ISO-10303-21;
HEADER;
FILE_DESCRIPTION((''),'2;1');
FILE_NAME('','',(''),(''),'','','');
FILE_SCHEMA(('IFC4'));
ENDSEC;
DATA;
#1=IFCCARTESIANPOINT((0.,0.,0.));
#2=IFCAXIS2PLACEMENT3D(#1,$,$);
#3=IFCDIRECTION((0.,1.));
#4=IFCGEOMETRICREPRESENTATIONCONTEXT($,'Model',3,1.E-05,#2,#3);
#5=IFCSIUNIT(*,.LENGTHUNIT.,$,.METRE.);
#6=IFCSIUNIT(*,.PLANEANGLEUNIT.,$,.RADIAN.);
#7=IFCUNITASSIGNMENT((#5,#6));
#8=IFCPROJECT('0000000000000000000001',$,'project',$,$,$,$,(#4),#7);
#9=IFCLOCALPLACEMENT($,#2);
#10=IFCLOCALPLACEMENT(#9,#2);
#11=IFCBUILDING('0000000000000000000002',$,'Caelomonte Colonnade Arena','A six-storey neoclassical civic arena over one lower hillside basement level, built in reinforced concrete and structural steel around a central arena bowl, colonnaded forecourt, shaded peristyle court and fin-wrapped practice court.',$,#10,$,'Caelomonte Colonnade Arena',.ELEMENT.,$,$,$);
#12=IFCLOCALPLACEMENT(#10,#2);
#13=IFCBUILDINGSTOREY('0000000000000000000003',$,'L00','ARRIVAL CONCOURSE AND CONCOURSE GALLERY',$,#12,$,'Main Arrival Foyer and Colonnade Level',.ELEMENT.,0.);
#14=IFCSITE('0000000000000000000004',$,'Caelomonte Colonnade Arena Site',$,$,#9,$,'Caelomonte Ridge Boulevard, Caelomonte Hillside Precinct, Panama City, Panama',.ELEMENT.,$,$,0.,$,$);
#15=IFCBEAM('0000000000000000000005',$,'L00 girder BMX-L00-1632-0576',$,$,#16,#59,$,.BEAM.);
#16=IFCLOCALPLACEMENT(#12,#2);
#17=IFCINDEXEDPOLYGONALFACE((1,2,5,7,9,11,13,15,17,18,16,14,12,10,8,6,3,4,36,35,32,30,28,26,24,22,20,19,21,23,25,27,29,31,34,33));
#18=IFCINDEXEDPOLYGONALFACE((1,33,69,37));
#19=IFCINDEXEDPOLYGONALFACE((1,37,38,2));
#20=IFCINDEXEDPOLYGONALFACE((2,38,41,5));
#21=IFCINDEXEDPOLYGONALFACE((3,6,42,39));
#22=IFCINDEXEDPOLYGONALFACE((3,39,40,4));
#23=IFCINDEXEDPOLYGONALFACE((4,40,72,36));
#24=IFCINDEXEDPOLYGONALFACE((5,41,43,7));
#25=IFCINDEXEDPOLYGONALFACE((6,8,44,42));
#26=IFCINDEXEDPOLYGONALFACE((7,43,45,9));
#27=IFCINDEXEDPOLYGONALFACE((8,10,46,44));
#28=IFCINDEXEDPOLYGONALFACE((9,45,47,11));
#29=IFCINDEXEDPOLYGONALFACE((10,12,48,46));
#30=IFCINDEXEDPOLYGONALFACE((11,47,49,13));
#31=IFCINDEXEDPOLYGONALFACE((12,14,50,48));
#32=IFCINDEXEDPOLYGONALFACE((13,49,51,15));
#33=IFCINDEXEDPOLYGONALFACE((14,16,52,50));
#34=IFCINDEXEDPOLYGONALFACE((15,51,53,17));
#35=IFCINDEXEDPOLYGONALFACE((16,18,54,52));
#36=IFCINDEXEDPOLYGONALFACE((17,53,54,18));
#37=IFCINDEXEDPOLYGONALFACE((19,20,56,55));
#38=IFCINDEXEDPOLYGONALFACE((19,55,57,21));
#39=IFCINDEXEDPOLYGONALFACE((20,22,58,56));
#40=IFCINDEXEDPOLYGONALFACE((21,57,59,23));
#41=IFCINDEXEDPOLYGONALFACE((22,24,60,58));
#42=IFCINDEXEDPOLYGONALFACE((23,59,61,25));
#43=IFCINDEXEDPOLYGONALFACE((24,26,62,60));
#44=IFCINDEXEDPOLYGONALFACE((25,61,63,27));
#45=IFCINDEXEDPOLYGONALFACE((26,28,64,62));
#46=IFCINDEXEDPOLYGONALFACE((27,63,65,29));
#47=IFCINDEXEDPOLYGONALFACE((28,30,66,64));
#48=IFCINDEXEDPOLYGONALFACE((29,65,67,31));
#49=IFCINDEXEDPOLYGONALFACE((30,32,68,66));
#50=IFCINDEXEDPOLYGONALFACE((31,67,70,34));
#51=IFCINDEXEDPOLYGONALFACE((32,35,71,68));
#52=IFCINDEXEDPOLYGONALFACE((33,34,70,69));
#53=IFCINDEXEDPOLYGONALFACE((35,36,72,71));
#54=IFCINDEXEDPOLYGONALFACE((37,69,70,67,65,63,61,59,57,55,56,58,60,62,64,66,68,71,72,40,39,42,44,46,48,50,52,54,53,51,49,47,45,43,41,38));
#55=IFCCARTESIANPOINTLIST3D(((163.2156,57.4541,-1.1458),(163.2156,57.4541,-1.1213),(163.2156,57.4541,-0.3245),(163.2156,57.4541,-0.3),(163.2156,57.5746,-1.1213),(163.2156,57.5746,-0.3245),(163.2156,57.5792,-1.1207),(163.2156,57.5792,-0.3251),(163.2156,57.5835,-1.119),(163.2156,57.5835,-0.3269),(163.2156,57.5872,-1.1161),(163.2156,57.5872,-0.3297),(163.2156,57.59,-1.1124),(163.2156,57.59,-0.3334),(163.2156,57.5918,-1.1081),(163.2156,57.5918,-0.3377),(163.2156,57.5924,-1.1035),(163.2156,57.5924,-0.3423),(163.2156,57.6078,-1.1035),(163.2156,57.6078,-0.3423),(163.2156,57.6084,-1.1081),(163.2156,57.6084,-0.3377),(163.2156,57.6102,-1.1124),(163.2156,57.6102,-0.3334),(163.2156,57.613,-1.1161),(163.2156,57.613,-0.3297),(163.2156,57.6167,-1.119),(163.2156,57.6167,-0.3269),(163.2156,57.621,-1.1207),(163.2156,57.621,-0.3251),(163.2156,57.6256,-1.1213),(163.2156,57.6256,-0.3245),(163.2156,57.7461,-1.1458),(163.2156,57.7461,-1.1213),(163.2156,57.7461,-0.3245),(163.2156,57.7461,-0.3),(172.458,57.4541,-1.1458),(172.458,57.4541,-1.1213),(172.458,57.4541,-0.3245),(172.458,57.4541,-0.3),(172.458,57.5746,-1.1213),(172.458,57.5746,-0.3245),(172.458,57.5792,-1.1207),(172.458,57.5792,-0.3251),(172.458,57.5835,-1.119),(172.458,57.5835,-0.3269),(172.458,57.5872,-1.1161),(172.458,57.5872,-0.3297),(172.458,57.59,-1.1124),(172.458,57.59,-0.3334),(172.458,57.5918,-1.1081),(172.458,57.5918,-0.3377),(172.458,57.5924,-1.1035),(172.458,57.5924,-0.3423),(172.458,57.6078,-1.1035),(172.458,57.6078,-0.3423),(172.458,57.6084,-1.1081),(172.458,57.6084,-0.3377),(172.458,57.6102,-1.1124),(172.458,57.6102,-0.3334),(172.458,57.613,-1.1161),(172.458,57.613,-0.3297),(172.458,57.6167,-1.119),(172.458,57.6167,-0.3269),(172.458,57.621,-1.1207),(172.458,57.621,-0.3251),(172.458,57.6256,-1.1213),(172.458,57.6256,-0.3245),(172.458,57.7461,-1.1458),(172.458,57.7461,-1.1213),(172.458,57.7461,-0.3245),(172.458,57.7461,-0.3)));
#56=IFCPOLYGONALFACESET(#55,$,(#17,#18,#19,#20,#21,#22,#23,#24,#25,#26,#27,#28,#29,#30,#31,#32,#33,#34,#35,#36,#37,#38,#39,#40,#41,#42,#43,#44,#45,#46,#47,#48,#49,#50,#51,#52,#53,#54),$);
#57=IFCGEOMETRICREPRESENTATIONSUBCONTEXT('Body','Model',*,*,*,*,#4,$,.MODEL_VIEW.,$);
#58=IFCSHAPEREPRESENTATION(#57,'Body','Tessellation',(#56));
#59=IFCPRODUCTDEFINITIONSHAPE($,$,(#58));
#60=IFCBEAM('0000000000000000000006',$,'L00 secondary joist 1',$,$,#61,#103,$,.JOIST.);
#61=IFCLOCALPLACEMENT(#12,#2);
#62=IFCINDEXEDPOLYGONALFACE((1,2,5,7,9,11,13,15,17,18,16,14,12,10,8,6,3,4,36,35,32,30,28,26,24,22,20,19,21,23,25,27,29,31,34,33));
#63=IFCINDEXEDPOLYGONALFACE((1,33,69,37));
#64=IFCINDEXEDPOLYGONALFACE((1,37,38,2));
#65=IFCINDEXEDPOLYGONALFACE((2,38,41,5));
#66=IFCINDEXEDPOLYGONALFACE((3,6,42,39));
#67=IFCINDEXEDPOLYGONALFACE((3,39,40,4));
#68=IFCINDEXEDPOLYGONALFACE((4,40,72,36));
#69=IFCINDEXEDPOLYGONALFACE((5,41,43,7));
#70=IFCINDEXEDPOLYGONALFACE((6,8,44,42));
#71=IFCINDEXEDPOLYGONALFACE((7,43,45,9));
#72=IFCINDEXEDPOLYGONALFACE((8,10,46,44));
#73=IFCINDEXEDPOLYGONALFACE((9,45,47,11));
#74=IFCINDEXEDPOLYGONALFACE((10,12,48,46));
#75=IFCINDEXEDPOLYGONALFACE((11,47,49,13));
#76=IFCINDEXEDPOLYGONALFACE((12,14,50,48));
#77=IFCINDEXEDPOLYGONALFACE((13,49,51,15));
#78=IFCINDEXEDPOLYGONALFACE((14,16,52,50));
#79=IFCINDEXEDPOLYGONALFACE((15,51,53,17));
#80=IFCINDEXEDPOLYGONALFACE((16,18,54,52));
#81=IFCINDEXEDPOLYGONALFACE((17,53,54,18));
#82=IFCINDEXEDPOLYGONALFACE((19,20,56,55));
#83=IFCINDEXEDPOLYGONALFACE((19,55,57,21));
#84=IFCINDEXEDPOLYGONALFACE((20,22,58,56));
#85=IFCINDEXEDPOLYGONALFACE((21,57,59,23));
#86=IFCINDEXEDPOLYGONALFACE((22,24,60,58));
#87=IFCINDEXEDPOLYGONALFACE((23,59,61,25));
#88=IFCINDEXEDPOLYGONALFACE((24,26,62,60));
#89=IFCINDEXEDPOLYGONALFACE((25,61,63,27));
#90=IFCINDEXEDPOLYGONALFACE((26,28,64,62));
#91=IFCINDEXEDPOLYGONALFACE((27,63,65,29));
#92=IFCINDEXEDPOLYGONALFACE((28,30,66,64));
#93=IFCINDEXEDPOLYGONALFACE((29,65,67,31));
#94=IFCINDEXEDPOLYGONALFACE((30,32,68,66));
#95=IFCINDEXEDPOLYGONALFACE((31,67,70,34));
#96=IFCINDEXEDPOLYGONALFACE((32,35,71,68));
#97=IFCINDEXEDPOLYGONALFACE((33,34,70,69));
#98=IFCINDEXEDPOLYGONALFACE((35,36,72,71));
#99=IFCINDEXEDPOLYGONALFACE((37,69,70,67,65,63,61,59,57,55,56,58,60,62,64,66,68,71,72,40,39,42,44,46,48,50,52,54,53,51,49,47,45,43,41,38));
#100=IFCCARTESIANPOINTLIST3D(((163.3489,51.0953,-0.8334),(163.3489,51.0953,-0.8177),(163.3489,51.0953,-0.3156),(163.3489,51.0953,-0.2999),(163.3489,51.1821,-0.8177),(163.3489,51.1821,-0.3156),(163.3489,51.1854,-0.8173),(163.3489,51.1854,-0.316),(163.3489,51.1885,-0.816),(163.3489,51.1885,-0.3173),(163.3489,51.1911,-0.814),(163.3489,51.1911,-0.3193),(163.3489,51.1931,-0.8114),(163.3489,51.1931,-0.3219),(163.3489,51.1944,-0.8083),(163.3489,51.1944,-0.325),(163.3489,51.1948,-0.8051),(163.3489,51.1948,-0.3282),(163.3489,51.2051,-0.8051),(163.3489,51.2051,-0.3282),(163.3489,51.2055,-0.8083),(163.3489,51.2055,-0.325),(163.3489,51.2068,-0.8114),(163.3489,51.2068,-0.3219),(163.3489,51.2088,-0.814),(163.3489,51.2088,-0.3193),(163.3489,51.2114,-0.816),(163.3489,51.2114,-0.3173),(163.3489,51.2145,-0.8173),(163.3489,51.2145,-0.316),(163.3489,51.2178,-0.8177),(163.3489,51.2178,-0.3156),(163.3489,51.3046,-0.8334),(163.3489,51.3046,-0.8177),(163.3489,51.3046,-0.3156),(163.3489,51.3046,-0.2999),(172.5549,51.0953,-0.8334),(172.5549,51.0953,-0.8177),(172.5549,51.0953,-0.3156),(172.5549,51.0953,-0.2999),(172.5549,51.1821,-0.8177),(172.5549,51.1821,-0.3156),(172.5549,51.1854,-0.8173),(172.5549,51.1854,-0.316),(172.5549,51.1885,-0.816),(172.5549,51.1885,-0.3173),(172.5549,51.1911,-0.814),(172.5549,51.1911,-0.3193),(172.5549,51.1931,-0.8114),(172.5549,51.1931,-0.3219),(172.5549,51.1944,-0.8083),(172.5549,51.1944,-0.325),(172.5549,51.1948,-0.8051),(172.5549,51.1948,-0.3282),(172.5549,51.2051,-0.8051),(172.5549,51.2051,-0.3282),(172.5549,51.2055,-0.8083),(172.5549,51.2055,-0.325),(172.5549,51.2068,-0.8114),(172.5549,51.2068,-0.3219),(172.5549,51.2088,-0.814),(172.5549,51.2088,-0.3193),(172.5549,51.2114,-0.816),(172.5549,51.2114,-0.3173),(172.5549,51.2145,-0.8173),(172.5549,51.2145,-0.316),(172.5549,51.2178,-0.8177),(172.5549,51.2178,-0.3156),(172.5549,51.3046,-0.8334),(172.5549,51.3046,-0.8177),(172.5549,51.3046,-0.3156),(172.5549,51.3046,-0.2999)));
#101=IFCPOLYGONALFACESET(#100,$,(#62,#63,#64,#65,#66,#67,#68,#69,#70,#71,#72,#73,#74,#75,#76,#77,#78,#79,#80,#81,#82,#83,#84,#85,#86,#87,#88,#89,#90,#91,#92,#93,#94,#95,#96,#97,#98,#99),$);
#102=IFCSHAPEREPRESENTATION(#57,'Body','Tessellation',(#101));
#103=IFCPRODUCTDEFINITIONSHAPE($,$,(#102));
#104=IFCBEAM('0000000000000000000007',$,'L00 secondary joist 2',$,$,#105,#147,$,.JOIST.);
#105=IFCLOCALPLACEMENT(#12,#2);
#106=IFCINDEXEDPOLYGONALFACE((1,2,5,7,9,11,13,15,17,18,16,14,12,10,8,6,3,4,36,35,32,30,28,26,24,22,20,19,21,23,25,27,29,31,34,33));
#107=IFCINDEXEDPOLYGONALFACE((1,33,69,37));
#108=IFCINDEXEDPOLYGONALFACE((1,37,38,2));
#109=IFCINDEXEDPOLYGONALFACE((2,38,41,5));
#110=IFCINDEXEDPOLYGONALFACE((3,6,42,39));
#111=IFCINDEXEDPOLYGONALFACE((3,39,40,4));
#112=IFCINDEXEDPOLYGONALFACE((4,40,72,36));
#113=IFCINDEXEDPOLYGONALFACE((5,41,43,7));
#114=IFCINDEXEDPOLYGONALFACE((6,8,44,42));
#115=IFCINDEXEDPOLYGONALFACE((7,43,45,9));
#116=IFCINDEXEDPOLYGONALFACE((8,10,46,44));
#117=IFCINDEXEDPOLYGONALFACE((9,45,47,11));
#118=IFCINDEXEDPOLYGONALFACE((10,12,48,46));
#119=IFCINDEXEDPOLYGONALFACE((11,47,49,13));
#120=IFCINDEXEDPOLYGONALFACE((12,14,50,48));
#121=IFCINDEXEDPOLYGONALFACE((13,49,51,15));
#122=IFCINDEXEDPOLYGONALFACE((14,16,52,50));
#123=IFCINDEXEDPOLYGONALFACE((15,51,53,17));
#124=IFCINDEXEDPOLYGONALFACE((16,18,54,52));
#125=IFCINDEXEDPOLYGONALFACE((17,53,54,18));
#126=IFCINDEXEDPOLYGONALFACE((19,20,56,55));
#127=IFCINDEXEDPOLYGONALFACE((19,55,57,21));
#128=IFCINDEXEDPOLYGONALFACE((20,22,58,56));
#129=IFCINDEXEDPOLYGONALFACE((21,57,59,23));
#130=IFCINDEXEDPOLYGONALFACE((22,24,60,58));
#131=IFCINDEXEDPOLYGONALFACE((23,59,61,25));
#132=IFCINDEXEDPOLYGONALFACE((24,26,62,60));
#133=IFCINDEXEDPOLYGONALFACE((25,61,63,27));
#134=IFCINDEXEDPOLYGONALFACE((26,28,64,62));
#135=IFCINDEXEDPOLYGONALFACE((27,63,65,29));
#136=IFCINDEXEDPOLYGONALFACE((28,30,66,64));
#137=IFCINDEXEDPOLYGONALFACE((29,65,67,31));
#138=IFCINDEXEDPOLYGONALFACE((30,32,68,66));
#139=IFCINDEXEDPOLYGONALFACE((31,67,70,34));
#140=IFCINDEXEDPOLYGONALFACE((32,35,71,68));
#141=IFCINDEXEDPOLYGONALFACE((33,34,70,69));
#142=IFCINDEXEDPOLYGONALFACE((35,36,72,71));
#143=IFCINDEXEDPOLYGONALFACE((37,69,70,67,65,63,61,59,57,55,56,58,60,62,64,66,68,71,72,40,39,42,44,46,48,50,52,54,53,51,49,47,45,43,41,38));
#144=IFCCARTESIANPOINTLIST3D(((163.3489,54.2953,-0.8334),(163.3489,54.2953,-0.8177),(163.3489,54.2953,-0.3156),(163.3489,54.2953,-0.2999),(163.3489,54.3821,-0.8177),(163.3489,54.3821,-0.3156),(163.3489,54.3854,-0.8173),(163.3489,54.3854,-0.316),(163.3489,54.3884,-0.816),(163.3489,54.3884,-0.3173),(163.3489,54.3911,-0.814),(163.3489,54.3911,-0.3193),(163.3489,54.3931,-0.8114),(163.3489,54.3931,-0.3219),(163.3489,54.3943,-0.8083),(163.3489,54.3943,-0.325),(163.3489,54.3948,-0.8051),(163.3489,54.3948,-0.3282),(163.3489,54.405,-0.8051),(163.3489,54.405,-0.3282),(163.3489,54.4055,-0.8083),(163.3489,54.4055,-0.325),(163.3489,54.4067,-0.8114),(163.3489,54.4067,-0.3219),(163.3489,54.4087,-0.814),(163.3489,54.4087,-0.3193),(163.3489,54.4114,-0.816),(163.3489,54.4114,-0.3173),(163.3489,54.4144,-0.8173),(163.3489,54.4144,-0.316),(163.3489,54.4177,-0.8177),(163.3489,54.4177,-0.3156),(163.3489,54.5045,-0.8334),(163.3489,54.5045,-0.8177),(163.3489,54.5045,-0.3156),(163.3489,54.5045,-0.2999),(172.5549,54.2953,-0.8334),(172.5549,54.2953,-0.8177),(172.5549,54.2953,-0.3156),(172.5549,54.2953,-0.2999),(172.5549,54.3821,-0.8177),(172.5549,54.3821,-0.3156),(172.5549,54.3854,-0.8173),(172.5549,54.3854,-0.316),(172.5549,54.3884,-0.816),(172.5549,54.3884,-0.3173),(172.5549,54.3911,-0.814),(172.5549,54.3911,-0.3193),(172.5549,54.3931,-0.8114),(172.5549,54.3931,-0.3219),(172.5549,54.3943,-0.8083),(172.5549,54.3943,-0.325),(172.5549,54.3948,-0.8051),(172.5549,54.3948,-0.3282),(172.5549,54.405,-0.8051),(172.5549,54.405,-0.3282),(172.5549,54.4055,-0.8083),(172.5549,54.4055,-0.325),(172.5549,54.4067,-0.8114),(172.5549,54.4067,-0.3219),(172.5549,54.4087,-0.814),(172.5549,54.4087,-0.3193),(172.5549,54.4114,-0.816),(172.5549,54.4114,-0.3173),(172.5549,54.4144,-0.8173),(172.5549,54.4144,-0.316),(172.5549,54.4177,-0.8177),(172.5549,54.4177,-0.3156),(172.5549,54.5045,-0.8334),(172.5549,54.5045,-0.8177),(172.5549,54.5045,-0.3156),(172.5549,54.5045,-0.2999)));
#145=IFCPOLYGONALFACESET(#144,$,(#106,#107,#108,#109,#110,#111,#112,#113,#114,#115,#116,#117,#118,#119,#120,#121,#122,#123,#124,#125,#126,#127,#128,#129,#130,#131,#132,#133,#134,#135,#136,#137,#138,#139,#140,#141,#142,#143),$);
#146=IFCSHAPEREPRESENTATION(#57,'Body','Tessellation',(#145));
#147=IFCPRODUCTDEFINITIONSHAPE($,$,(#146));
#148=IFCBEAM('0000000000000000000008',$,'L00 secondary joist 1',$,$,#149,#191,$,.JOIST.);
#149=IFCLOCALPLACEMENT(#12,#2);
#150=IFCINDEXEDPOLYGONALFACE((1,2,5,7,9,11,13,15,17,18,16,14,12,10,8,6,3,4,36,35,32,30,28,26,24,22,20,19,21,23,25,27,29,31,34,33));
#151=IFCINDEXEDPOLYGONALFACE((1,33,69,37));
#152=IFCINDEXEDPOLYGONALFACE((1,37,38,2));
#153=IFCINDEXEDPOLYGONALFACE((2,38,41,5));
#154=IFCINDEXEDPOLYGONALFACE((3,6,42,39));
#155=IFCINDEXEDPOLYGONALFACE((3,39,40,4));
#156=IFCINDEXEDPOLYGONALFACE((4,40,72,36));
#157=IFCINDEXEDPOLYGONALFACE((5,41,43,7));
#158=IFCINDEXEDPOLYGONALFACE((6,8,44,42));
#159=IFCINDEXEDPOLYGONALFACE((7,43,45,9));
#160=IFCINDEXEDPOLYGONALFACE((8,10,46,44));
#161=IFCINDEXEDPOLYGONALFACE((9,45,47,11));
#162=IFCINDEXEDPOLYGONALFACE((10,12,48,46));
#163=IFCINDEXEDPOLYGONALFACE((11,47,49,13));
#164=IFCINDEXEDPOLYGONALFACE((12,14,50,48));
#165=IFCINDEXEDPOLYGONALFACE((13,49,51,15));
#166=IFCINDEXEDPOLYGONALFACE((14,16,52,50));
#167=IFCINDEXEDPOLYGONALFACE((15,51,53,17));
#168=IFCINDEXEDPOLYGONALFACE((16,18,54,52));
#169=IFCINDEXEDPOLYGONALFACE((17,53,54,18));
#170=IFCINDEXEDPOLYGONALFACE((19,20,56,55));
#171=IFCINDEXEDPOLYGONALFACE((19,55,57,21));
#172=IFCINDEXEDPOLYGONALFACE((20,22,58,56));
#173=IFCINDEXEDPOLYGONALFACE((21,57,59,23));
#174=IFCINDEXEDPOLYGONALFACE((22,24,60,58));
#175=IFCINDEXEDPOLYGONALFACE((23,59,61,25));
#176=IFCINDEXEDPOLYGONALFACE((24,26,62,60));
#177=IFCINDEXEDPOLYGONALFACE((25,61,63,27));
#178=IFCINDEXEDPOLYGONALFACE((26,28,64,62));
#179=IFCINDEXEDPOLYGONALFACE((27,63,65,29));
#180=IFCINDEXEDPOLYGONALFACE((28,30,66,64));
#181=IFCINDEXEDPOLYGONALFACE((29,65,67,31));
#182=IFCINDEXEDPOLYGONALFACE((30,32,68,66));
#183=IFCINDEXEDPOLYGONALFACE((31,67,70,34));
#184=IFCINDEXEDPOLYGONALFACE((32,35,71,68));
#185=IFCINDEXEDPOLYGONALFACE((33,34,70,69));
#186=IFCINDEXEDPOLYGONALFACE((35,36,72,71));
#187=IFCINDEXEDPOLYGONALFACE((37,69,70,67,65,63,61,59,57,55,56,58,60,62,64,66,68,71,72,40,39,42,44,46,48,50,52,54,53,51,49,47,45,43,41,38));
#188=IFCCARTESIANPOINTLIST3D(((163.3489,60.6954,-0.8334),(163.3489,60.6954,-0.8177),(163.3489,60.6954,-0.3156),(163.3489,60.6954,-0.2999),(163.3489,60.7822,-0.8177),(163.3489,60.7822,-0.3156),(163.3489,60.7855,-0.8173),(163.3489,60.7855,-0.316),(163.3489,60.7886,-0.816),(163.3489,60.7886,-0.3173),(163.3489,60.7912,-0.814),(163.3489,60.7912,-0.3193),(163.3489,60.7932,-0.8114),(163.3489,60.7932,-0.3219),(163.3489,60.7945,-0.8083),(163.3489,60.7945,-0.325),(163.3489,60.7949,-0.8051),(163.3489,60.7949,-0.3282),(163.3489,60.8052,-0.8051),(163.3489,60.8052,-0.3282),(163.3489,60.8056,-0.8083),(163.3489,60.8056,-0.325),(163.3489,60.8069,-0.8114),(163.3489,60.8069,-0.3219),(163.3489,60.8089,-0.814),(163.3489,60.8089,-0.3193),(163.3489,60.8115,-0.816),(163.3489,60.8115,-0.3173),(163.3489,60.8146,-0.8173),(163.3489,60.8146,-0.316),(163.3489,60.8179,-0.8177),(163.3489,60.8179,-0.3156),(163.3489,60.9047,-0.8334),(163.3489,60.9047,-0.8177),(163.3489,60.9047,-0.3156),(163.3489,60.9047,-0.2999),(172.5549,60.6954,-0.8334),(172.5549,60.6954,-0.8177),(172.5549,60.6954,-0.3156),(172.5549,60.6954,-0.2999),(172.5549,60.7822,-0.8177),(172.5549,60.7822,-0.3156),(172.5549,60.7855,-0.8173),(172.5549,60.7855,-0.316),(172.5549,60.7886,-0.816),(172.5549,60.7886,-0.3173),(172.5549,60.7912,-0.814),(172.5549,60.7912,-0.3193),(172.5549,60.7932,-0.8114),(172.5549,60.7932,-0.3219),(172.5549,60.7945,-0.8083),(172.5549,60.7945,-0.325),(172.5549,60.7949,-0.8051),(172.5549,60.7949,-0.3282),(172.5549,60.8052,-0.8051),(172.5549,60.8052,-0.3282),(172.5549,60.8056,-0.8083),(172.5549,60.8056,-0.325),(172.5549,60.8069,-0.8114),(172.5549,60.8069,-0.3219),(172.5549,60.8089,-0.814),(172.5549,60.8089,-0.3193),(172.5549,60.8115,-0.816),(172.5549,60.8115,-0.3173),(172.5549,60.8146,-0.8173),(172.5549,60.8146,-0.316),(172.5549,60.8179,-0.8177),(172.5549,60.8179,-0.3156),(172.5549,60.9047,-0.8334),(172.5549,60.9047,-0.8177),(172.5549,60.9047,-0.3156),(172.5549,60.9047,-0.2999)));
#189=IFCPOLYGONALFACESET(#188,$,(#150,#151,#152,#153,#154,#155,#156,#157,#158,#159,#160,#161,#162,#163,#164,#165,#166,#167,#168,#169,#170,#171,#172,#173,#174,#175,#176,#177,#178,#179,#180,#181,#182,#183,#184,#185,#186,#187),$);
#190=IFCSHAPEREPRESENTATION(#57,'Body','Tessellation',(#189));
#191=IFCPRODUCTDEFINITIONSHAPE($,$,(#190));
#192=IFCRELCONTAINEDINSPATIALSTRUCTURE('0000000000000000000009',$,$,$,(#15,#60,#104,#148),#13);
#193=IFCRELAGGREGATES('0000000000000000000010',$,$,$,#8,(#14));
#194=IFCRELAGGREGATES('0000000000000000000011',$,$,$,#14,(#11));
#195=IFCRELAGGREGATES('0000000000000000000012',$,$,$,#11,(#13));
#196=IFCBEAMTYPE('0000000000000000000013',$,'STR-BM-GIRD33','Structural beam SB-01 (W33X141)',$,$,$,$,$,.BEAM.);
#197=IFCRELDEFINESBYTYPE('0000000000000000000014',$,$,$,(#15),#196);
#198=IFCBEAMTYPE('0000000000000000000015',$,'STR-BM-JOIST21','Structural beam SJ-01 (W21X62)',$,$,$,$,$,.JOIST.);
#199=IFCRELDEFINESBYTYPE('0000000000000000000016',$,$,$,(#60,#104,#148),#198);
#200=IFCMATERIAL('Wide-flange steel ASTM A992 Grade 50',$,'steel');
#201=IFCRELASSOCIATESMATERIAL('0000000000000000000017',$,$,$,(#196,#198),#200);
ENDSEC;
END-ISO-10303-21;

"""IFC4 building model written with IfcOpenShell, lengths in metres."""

from ifc_helpers import new_model, si_unit, direction, frame, origin, origin_2d, place, context, subcontext, project, spatial, i_section, extrude, material, material_profile, profile_set, type_object, element, save


model = new_model("IFC4")

# Units and contexts
model_context = context("Model", 3, precision=1e-05, world=origin(), true_north=direction((0.0, 1.0)))
body_context = subcontext(model_context, "Body", "Model", "MODEL_VIEW")
ifc_project = project(units=[si_unit("LENGTHUNIT", "METRE"), si_unit("PLANEANGLEUNIT", "RADIAN")], contexts=[model_context])

# Site, building, storey
site_placement = place(None, origin())
site = spatial("IfcSite", under=ifc_project, at=site_placement, Name="Caelomonte Colonnade Arena Site", LongName="Caelomonte Ridge Boulevard, Caelomonte Hillside Precinct, Panama City, Panama", CompositionType="ELEMENT", RefElevation=0.0)
building_placement = place(site_placement, origin())
building = spatial("IfcBuilding", under=site, at=building_placement, Name="Caelomonte Colonnade Arena", Description="A six-storey neoclassical civic arena over one lower hillside basement level, built in reinforced concrete and structural steel around a central arena bowl, colonnaded forecourt, shaded peristyle court and fin-wrapped practice court.", LongName="Caelomonte Colonnade Arena", CompositionType="ELEMENT")
storey_placement = place(building_placement, origin())
storey = spatial("IfcBuildingStorey", under=building, at=storey_placement, Name="L00", Description="ARRIVAL CONCOURSE AND CONCOURSE GALLERY", LongName="Main Arrival Foyer and Colonnade Level", CompositionType="ELEMENT", Elevation=0.0)

# Shared definitions
ifc_material_1 = material(Name="Wide-flange steel ASTM A992 Grade 50", Category="steel")

# Beams
ifc_material_profile_1 = material_profile(ifc_material_1, i_section(OverallWidth=0.292, OverallDepth=0.8457, WebThickness=0.0154, FlangeThickness=0.0244, FilletRadius=0.0178, at=origin_2d()), Name="W33X141")
ifc_profile_set_1 = profile_set([ifc_material_profile_1], Name="Wide-flange steel ASTM A992 Grade 50")
beam_type_1 = type_object("IfcBeamType", Name="STR-BM-GIRD33", Description="Structural beam SB-01 (W33X141)", PredefinedType="BEAM", material=ifc_profile_set_1)
beam_1_placement = place(storey_placement, frame((163.2156, 57.6001, -0.7229), z_axis=(1.0, 0.0, 0.0), x_axis=(0.0, 1.0, 0.0)))
element("IfcBeam", 1, at=beam_1_placement, inside=storey, type_object=beam_type_1, Name="L00 girder BMX-L00-1632-0576", PredefinedType="BEAM", context=body_context, shape_type="SweptSolid", body=[
    extrude(i_section(OverallWidth=0.292, OverallDepth=0.8457, WebThickness=0.0154, FlangeThickness=0.0244, FilletRadius=0.0178, at=origin_2d()), origin(), (0.0, 0.0, 1.0), 9.2424),
])
ifc_material_profile_2 = material_profile(ifc_material_1, i_section(OverallWidth=0.2092, OverallDepth=0.5334, WebThickness=0.0103, FlangeThickness=0.0156, FilletRadius=0.0127, at=origin_2d()), Name="W21X62")
ifc_profile_set_2 = profile_set([ifc_material_profile_2], Name="Wide-flange steel ASTM A992 Grade 50")
beam_type_2 = type_object("IfcBeamType", Name="STR-BM-JOIST21", Description="Structural beam SJ-01 (W21X62)", PredefinedType="JOIST", material=ifc_profile_set_2)
for number, where, z_axis, x_axis, name in (
    (2, (163.3489, 51.2, -0.5667), (1.0, 0.0, 0.0), (0.0, 1.0, 0.0), "L00 secondary joist 1"),
    (3, (163.3489, 54.3999, -0.5667), (1.0, 0.0, 0.0), (0.0, 1.0, 0.0), "L00 secondary joist 2"),
    (4, (163.3489, 60.8, -0.5667), (1.0, 0.0, 0.0), (0.0, 1.0, 0.0), "L00 secondary joist 1"),
):
    element("IfcBeam", number, at=place(storey_placement, frame(where, z_axis=z_axis, x_axis=x_axis)), inside=storey, type_object=beam_type_2, Name=name, PredefinedType="JOIST", context=body_context, shape_type="SweptSolid", body=[
        extrude(i_section(OverallWidth=0.2092, OverallDepth=0.5334, WebThickness=0.0103, FlangeThickness=0.0156, FilletRadius=0.0127, at=origin_2d()), origin(), (0.0, 0.0, 1.0), 9.2061),
    ])

save(model, "model.ifc")
